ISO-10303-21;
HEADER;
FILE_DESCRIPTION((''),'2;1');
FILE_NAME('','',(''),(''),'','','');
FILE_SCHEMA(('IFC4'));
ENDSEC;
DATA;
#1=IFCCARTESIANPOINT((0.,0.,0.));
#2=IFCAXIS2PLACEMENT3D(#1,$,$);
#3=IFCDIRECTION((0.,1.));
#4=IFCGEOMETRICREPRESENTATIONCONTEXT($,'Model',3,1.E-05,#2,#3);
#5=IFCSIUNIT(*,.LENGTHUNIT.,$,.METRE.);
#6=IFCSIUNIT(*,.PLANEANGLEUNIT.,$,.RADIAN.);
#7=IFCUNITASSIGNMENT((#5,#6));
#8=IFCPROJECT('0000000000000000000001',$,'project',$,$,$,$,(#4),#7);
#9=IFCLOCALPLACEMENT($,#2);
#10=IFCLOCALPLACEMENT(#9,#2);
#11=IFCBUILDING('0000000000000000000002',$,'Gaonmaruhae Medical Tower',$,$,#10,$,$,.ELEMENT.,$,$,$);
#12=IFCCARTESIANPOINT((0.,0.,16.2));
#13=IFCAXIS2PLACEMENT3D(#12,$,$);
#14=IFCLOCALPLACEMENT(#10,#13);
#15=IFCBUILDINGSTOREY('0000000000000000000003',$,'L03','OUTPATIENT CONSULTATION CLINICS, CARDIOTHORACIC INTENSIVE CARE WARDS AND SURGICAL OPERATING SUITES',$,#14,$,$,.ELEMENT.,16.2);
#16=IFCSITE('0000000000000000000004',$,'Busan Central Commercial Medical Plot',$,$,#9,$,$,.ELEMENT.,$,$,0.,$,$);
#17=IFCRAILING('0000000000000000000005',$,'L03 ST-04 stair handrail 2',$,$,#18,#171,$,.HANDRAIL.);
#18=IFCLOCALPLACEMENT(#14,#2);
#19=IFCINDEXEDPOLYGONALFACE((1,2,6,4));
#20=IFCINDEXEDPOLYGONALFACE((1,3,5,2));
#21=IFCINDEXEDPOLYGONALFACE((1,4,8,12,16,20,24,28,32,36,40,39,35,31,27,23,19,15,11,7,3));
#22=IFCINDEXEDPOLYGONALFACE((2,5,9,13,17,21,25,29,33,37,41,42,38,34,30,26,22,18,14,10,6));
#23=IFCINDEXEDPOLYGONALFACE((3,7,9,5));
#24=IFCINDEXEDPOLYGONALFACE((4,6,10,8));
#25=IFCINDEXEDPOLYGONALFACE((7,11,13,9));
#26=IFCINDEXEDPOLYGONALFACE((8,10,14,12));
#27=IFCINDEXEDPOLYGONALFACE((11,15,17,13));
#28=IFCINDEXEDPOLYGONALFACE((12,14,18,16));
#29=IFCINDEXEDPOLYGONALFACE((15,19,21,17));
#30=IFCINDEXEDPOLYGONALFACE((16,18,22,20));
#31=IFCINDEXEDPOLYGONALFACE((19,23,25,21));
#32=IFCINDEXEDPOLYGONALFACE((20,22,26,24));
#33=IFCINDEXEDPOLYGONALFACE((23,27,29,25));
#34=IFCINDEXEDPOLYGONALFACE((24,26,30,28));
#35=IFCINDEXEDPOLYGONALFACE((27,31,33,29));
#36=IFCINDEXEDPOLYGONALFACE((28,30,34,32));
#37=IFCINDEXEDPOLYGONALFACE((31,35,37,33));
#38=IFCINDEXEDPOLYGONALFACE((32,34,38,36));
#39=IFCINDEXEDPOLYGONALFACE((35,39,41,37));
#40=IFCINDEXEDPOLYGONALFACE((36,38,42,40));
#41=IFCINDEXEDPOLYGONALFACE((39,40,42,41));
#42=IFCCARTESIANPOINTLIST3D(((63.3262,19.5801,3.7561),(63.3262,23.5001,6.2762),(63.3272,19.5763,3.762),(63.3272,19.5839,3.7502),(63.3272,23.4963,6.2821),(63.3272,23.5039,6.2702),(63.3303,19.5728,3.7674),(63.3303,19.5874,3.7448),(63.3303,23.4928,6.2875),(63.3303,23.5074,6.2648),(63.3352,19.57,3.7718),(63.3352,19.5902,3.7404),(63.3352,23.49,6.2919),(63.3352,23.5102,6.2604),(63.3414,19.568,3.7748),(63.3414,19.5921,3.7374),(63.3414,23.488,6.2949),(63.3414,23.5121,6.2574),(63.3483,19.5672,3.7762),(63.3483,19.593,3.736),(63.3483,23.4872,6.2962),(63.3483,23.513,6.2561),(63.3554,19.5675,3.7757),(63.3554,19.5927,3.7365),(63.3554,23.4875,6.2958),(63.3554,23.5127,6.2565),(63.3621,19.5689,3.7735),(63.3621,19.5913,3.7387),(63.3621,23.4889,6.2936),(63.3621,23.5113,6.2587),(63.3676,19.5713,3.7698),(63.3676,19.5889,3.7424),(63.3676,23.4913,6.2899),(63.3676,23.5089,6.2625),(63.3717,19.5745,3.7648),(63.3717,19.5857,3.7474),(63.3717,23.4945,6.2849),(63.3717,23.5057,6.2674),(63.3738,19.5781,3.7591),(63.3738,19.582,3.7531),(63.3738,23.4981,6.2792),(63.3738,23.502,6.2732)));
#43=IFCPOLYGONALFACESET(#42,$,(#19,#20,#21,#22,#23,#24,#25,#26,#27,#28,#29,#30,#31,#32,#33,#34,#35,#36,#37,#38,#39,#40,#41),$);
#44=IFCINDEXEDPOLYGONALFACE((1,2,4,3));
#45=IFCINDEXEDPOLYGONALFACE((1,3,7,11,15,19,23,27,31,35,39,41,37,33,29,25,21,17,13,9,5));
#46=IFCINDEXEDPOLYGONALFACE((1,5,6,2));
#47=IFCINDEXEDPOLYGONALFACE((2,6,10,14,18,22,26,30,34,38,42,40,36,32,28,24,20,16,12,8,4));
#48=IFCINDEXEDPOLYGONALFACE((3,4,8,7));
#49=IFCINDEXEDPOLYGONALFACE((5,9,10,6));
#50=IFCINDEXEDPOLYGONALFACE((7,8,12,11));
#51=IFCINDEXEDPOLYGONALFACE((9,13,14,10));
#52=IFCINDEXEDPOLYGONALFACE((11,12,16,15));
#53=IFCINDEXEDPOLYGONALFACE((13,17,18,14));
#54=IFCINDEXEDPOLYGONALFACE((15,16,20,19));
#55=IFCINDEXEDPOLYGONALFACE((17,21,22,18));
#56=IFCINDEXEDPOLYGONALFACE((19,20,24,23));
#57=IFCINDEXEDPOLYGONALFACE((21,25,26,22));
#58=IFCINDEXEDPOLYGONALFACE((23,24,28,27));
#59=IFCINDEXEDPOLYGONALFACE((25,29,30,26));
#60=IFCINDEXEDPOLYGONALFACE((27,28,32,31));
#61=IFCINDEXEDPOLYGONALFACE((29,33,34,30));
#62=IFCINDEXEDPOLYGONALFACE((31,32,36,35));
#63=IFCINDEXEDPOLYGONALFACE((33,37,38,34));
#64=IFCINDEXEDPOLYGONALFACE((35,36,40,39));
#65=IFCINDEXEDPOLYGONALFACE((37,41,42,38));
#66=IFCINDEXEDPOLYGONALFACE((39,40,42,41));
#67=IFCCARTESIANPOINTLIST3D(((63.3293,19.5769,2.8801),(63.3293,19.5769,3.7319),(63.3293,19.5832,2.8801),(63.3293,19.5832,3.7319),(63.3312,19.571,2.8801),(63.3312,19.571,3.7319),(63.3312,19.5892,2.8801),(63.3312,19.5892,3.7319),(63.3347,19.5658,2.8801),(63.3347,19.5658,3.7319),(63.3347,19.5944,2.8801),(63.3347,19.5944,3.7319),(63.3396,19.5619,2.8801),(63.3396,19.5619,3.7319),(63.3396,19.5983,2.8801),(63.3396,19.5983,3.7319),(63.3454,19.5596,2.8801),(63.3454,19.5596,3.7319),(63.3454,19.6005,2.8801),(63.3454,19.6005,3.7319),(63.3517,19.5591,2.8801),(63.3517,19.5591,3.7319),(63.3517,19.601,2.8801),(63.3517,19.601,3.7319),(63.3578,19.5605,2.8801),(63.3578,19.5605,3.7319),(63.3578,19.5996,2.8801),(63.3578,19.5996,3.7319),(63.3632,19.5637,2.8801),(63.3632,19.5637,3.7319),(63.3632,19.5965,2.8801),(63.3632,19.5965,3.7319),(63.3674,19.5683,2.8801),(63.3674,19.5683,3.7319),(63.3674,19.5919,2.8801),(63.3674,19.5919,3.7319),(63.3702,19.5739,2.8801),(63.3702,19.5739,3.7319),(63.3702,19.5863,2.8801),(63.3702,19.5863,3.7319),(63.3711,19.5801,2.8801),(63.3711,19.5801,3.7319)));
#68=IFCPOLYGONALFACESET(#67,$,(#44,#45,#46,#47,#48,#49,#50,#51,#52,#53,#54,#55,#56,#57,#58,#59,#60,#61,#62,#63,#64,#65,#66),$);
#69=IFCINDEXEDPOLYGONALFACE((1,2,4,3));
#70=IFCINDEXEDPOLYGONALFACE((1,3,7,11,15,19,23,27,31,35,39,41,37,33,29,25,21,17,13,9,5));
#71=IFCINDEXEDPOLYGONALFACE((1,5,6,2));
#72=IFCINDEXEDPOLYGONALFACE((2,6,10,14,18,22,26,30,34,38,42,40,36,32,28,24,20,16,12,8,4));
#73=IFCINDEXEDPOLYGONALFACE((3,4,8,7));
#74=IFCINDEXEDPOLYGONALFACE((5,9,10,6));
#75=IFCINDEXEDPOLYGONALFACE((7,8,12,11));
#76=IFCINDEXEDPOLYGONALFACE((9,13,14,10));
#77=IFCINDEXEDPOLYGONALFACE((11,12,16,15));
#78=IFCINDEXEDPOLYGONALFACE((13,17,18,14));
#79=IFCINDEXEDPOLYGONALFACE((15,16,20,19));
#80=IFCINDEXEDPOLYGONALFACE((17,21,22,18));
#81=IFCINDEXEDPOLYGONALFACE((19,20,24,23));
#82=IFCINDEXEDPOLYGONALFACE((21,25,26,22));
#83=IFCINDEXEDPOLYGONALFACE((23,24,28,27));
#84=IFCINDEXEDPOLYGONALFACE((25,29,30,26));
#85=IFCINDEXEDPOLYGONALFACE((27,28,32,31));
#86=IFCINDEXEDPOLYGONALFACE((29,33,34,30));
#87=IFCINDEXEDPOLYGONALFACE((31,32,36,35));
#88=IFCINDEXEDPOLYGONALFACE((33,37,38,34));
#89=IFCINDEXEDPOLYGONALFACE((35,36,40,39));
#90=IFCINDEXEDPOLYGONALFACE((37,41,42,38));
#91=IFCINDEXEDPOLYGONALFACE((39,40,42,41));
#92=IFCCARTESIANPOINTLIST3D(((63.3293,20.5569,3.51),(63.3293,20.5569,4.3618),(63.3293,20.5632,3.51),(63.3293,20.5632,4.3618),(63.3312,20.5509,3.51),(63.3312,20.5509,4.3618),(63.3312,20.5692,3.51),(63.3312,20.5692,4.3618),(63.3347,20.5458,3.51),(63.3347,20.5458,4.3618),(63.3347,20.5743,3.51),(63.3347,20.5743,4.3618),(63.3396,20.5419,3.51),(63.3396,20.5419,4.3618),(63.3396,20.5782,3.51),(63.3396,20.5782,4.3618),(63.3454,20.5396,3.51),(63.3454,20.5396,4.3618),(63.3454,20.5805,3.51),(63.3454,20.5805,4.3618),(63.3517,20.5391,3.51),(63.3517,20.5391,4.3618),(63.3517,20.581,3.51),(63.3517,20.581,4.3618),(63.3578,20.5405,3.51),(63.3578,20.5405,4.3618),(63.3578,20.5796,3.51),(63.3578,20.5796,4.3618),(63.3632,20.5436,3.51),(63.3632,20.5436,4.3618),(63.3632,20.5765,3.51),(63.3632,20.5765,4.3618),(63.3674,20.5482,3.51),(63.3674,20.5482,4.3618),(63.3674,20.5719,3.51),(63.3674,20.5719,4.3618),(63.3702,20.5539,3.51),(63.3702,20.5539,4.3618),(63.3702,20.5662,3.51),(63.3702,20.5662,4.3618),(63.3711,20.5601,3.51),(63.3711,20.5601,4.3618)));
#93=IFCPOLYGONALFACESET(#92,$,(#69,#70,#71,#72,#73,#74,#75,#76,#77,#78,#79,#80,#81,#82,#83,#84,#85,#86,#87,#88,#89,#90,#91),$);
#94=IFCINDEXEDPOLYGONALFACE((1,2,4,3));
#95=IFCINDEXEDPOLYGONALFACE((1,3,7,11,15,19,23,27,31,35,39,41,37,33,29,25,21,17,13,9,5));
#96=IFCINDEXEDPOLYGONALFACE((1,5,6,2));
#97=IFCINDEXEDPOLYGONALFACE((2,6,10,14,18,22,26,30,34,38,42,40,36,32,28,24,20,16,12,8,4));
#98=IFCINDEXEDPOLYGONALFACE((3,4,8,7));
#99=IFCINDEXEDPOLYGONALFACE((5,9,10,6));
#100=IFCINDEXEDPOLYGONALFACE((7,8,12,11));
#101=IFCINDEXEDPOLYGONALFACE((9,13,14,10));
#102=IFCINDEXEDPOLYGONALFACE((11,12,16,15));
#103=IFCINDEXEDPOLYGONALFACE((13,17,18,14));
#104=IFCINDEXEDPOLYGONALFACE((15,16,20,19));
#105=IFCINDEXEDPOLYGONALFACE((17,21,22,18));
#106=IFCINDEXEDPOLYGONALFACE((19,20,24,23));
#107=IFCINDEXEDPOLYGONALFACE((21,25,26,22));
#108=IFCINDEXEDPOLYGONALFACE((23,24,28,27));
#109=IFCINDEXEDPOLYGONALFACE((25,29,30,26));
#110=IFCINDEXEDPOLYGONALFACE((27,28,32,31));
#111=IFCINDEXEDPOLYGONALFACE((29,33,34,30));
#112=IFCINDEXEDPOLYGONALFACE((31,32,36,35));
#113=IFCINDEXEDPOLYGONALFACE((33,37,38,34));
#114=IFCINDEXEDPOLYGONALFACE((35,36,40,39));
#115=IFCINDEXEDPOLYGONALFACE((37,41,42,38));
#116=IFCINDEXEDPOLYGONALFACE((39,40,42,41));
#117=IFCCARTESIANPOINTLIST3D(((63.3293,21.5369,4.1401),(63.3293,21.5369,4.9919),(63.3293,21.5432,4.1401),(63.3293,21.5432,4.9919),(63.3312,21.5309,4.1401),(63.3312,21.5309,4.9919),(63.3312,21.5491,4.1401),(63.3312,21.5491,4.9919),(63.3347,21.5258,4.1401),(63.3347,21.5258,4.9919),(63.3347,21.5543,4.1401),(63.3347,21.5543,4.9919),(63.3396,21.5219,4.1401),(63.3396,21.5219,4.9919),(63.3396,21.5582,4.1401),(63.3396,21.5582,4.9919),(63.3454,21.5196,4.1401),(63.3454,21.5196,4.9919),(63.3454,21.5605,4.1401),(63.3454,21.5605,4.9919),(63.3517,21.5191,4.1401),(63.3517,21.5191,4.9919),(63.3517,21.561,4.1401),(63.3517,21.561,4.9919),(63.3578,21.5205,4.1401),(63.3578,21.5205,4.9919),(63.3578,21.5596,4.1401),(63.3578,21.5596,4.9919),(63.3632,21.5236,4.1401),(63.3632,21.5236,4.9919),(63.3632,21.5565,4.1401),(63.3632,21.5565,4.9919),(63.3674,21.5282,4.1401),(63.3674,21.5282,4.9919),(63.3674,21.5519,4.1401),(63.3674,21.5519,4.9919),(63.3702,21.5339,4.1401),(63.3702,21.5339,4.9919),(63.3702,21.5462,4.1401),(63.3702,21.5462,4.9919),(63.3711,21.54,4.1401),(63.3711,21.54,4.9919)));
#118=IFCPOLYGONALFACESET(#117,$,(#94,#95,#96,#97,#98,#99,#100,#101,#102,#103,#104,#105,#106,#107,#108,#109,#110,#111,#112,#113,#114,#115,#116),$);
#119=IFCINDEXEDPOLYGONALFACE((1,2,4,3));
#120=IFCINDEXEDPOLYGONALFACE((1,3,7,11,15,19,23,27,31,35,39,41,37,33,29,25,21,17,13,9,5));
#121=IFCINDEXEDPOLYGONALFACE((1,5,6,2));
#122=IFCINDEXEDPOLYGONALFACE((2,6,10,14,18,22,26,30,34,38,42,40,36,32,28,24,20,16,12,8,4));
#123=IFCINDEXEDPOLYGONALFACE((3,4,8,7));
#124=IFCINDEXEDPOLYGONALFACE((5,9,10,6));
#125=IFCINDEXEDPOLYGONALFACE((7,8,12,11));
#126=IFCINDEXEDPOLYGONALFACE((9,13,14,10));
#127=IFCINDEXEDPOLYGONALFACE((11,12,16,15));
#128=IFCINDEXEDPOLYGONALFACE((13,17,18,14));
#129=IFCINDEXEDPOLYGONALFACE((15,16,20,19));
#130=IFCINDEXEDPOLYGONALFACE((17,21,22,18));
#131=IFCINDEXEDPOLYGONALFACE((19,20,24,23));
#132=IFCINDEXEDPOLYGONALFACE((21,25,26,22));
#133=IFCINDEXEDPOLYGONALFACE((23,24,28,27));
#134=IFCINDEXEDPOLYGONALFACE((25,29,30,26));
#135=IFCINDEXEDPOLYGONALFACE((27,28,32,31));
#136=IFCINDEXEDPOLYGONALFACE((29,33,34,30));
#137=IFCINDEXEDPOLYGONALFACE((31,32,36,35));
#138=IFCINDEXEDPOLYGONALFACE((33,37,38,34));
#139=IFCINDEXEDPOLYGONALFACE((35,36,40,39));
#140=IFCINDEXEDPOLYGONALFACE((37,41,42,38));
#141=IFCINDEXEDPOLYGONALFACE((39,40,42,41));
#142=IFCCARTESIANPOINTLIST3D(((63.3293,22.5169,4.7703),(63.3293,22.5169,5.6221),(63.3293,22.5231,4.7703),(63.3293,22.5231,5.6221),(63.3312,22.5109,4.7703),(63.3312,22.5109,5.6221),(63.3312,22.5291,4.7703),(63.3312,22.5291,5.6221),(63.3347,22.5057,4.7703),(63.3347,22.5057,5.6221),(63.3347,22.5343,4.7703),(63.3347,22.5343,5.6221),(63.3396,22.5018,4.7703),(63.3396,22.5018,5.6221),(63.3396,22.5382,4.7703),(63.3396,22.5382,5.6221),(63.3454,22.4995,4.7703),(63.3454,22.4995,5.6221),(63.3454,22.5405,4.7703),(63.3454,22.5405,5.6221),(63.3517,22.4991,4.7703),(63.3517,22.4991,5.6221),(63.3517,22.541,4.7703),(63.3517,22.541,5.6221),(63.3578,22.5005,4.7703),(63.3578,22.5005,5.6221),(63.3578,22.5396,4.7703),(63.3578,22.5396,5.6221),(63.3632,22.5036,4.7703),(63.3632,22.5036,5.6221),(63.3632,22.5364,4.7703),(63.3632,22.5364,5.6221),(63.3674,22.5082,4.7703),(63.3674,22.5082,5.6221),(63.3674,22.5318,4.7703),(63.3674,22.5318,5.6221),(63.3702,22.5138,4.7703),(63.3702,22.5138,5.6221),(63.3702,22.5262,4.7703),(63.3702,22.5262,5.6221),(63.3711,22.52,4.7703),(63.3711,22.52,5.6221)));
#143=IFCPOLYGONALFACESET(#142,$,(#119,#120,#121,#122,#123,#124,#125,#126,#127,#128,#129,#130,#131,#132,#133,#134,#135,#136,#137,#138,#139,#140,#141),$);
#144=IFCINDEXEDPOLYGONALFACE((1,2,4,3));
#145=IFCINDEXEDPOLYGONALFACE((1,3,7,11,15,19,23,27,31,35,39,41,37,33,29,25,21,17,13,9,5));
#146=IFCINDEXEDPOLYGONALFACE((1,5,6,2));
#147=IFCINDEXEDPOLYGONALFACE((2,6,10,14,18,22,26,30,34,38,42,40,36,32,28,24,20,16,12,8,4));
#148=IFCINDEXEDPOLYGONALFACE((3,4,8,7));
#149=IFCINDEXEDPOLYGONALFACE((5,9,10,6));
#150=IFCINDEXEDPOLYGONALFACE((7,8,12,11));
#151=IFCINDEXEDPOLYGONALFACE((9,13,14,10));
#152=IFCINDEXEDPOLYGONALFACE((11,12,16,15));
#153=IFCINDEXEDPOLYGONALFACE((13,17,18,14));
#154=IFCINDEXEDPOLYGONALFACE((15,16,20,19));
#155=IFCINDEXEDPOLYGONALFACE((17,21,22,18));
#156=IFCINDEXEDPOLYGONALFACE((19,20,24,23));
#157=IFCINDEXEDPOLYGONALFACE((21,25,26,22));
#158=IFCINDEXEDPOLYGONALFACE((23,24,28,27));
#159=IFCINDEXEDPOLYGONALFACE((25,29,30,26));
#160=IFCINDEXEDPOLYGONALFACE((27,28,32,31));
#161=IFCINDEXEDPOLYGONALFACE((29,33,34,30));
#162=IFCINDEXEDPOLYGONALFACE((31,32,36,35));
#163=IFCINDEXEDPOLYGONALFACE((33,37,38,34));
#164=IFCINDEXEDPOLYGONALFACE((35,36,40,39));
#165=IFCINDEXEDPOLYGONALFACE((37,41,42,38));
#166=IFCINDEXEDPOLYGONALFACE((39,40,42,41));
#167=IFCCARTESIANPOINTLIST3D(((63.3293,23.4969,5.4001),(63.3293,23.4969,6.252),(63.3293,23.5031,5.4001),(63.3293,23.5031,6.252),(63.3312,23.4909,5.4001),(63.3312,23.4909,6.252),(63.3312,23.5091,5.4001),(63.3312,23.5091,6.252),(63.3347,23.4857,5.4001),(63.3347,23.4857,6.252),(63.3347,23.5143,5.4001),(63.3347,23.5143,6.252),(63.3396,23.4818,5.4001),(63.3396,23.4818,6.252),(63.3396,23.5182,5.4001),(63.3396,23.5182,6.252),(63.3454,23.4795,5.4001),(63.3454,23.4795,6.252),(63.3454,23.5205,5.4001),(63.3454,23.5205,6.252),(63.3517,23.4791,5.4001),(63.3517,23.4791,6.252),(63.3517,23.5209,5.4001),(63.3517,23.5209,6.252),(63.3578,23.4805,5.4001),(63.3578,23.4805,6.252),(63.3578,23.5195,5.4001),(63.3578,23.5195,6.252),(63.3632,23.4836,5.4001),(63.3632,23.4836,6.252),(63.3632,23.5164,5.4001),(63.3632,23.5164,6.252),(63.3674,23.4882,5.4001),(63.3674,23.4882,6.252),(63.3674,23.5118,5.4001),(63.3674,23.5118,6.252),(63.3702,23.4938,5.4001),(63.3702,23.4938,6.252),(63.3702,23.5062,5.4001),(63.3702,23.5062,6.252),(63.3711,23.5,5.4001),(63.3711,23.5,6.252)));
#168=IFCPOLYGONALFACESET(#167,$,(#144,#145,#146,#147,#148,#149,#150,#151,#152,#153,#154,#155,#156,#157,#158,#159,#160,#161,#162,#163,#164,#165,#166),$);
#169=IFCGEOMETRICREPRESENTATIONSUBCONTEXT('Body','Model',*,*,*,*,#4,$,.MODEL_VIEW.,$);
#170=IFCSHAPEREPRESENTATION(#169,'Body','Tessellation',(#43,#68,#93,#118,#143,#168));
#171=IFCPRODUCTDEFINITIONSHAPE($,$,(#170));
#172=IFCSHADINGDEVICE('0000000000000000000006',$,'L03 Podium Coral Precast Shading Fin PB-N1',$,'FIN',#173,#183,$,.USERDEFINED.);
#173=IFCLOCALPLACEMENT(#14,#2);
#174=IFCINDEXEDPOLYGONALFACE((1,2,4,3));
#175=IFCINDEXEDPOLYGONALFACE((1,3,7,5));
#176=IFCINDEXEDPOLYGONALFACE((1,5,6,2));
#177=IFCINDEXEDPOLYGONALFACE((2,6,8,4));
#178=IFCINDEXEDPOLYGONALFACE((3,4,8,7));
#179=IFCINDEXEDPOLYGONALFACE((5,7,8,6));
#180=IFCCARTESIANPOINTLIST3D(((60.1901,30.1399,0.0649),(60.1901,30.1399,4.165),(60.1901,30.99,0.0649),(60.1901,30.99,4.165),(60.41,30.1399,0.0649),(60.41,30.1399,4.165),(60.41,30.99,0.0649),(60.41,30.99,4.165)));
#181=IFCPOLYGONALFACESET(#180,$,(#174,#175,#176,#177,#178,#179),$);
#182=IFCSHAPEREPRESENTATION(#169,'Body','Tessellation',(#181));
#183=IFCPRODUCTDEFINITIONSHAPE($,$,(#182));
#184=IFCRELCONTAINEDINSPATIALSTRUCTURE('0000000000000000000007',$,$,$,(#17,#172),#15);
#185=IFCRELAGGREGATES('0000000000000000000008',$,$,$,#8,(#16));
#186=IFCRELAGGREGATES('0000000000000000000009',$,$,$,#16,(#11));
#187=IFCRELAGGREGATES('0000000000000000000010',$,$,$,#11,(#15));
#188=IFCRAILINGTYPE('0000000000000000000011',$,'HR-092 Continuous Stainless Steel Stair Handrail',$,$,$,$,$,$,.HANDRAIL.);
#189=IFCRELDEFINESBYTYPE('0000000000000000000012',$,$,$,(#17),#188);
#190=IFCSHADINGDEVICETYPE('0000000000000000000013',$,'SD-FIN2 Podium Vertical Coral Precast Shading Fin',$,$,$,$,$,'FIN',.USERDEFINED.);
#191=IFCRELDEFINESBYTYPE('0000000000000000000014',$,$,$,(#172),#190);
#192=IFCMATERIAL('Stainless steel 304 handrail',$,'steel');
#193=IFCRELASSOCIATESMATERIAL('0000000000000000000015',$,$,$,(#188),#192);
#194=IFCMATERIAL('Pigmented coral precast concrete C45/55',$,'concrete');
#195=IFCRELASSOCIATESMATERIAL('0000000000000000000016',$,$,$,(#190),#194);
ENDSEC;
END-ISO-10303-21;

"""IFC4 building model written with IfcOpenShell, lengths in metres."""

from ifc_helpers import new_model, si_unit, direction, frame, origin, origin_2d, place, context, subcontext, project, spatial, rectangle, circle, extrude, material, type_object, element, save


model = new_model("IFC4")

# Units and contexts
model_context = context("Model", 3, precision=1e-05, world=origin(), true_north=direction((0.0, 1.0)))
body_context = subcontext(model_context, "Body", "Model", "MODEL_VIEW")
ifc_project = project(units=[si_unit("LENGTHUNIT", "METRE"), si_unit("PLANEANGLEUNIT", "RADIAN")], contexts=[model_context])

# Site, building, storey
site_placement = place(None, origin())
site = spatial("IfcSite", under=ifc_project, at=site_placement, Name="Busan Central Commercial Medical Plot", CompositionType="ELEMENT", RefElevation=0.0)
building_placement = place(site_placement, origin())
building = spatial("IfcBuilding", under=site, at=building_placement, Name="Gaonmaruhae Medical Tower", CompositionType="ELEMENT")
storey_placement = place(building_placement, frame((0.0, 0.0, 16.2)))
storey = spatial("IfcBuildingStorey", under=building, at=storey_placement, Name="L03", Description="OUTPATIENT CONSULTATION CLINICS, CARDIOTHORACIC INTENSIVE CARE WARDS AND SURGICAL OPERATING SUITES", CompositionType="ELEMENT", Elevation=16.2)

# Railing
ifc_material_1 = material(Name="Stainless steel 304 handrail", Category="steel")
railing_type_1 = type_object("IfcRailingType", Name="HR-092 Continuous Stainless Steel Stair Handrail", PredefinedType="HANDRAIL", material=ifc_material_1)
railing_1_placement = place(storey_placement, frame((63.3501, 19.5801, 2.8801)))
element("IfcRailing", 1, at=railing_1_placement, inside=storey, type_object=railing_type_1, Name="L03 ST-04 stair handrail 2", PredefinedType="HANDRAIL", context=body_context, shape_type="SweptSolid", body=[
    extrude(circle(Radius=0.0239, at=origin_2d()), frame((0.0, 0.0, 0.876), z_axis=(0.0, 0.841172, 0.540768), x_axis=(-1.0, 0.0, 0.0)), (0.0, 0.0, 1.0), 4.6602),
    extrude(circle(Radius=0.021, at=origin_2d()), origin(), (0.0, 0.0, 1.0), 0.8518),
    extrude(circle(Radius=0.021, at=origin_2d()), frame((0.0, 0.98, 0.6299)), (0.0, 0.0, 1.0), 0.8518),
    extrude(circle(Radius=0.021, at=origin_2d()), frame((0.0, 1.96, 1.26)), (0.0, 0.0, 1.0), 0.8518),
    extrude(circle(Radius=0.021, at=origin_2d()), frame((0.0, 2.9399, 1.8901)), (0.0, 0.0, 1.0), 0.8518),
    extrude(circle(Radius=0.021, at=origin_2d()), frame((0.0, 3.9199, 2.52)), (0.0, 0.0, 1.0), 0.8518),
])

# Shading device
ifc_material_2 = material(Name="Pigmented coral precast concrete C45/55", Category="concrete")
shading_device_type = type_object("IfcShadingDeviceType", Name="SD-FIN2 Podium Vertical Coral Precast Shading Fin", ElementType="FIN", PredefinedType="USERDEFINED", material=ifc_material_2)
shading_device_placement = place(storey_placement, frame((60.3, 30.5649, 0.0649), z_axis=(0.0, 0.0, 1.0), x_axis=(1.0, 0.0, 0.0)))
element("IfcShadingDevice", 2, at=shading_device_placement, inside=storey, type_object=shading_device_type, Name="L03 Podium Coral Precast Shading Fin PB-N1", ObjectType="FIN", PredefinedType="USERDEFINED", context=body_context, shape_type="SweptSolid", body=[
    extrude(rectangle(XDim=0.22, YDim=0.8501, at=origin_2d()), origin(), (0.0, 0.0, 1.0), 4.1001),
])

save(model, "model.ifc")
